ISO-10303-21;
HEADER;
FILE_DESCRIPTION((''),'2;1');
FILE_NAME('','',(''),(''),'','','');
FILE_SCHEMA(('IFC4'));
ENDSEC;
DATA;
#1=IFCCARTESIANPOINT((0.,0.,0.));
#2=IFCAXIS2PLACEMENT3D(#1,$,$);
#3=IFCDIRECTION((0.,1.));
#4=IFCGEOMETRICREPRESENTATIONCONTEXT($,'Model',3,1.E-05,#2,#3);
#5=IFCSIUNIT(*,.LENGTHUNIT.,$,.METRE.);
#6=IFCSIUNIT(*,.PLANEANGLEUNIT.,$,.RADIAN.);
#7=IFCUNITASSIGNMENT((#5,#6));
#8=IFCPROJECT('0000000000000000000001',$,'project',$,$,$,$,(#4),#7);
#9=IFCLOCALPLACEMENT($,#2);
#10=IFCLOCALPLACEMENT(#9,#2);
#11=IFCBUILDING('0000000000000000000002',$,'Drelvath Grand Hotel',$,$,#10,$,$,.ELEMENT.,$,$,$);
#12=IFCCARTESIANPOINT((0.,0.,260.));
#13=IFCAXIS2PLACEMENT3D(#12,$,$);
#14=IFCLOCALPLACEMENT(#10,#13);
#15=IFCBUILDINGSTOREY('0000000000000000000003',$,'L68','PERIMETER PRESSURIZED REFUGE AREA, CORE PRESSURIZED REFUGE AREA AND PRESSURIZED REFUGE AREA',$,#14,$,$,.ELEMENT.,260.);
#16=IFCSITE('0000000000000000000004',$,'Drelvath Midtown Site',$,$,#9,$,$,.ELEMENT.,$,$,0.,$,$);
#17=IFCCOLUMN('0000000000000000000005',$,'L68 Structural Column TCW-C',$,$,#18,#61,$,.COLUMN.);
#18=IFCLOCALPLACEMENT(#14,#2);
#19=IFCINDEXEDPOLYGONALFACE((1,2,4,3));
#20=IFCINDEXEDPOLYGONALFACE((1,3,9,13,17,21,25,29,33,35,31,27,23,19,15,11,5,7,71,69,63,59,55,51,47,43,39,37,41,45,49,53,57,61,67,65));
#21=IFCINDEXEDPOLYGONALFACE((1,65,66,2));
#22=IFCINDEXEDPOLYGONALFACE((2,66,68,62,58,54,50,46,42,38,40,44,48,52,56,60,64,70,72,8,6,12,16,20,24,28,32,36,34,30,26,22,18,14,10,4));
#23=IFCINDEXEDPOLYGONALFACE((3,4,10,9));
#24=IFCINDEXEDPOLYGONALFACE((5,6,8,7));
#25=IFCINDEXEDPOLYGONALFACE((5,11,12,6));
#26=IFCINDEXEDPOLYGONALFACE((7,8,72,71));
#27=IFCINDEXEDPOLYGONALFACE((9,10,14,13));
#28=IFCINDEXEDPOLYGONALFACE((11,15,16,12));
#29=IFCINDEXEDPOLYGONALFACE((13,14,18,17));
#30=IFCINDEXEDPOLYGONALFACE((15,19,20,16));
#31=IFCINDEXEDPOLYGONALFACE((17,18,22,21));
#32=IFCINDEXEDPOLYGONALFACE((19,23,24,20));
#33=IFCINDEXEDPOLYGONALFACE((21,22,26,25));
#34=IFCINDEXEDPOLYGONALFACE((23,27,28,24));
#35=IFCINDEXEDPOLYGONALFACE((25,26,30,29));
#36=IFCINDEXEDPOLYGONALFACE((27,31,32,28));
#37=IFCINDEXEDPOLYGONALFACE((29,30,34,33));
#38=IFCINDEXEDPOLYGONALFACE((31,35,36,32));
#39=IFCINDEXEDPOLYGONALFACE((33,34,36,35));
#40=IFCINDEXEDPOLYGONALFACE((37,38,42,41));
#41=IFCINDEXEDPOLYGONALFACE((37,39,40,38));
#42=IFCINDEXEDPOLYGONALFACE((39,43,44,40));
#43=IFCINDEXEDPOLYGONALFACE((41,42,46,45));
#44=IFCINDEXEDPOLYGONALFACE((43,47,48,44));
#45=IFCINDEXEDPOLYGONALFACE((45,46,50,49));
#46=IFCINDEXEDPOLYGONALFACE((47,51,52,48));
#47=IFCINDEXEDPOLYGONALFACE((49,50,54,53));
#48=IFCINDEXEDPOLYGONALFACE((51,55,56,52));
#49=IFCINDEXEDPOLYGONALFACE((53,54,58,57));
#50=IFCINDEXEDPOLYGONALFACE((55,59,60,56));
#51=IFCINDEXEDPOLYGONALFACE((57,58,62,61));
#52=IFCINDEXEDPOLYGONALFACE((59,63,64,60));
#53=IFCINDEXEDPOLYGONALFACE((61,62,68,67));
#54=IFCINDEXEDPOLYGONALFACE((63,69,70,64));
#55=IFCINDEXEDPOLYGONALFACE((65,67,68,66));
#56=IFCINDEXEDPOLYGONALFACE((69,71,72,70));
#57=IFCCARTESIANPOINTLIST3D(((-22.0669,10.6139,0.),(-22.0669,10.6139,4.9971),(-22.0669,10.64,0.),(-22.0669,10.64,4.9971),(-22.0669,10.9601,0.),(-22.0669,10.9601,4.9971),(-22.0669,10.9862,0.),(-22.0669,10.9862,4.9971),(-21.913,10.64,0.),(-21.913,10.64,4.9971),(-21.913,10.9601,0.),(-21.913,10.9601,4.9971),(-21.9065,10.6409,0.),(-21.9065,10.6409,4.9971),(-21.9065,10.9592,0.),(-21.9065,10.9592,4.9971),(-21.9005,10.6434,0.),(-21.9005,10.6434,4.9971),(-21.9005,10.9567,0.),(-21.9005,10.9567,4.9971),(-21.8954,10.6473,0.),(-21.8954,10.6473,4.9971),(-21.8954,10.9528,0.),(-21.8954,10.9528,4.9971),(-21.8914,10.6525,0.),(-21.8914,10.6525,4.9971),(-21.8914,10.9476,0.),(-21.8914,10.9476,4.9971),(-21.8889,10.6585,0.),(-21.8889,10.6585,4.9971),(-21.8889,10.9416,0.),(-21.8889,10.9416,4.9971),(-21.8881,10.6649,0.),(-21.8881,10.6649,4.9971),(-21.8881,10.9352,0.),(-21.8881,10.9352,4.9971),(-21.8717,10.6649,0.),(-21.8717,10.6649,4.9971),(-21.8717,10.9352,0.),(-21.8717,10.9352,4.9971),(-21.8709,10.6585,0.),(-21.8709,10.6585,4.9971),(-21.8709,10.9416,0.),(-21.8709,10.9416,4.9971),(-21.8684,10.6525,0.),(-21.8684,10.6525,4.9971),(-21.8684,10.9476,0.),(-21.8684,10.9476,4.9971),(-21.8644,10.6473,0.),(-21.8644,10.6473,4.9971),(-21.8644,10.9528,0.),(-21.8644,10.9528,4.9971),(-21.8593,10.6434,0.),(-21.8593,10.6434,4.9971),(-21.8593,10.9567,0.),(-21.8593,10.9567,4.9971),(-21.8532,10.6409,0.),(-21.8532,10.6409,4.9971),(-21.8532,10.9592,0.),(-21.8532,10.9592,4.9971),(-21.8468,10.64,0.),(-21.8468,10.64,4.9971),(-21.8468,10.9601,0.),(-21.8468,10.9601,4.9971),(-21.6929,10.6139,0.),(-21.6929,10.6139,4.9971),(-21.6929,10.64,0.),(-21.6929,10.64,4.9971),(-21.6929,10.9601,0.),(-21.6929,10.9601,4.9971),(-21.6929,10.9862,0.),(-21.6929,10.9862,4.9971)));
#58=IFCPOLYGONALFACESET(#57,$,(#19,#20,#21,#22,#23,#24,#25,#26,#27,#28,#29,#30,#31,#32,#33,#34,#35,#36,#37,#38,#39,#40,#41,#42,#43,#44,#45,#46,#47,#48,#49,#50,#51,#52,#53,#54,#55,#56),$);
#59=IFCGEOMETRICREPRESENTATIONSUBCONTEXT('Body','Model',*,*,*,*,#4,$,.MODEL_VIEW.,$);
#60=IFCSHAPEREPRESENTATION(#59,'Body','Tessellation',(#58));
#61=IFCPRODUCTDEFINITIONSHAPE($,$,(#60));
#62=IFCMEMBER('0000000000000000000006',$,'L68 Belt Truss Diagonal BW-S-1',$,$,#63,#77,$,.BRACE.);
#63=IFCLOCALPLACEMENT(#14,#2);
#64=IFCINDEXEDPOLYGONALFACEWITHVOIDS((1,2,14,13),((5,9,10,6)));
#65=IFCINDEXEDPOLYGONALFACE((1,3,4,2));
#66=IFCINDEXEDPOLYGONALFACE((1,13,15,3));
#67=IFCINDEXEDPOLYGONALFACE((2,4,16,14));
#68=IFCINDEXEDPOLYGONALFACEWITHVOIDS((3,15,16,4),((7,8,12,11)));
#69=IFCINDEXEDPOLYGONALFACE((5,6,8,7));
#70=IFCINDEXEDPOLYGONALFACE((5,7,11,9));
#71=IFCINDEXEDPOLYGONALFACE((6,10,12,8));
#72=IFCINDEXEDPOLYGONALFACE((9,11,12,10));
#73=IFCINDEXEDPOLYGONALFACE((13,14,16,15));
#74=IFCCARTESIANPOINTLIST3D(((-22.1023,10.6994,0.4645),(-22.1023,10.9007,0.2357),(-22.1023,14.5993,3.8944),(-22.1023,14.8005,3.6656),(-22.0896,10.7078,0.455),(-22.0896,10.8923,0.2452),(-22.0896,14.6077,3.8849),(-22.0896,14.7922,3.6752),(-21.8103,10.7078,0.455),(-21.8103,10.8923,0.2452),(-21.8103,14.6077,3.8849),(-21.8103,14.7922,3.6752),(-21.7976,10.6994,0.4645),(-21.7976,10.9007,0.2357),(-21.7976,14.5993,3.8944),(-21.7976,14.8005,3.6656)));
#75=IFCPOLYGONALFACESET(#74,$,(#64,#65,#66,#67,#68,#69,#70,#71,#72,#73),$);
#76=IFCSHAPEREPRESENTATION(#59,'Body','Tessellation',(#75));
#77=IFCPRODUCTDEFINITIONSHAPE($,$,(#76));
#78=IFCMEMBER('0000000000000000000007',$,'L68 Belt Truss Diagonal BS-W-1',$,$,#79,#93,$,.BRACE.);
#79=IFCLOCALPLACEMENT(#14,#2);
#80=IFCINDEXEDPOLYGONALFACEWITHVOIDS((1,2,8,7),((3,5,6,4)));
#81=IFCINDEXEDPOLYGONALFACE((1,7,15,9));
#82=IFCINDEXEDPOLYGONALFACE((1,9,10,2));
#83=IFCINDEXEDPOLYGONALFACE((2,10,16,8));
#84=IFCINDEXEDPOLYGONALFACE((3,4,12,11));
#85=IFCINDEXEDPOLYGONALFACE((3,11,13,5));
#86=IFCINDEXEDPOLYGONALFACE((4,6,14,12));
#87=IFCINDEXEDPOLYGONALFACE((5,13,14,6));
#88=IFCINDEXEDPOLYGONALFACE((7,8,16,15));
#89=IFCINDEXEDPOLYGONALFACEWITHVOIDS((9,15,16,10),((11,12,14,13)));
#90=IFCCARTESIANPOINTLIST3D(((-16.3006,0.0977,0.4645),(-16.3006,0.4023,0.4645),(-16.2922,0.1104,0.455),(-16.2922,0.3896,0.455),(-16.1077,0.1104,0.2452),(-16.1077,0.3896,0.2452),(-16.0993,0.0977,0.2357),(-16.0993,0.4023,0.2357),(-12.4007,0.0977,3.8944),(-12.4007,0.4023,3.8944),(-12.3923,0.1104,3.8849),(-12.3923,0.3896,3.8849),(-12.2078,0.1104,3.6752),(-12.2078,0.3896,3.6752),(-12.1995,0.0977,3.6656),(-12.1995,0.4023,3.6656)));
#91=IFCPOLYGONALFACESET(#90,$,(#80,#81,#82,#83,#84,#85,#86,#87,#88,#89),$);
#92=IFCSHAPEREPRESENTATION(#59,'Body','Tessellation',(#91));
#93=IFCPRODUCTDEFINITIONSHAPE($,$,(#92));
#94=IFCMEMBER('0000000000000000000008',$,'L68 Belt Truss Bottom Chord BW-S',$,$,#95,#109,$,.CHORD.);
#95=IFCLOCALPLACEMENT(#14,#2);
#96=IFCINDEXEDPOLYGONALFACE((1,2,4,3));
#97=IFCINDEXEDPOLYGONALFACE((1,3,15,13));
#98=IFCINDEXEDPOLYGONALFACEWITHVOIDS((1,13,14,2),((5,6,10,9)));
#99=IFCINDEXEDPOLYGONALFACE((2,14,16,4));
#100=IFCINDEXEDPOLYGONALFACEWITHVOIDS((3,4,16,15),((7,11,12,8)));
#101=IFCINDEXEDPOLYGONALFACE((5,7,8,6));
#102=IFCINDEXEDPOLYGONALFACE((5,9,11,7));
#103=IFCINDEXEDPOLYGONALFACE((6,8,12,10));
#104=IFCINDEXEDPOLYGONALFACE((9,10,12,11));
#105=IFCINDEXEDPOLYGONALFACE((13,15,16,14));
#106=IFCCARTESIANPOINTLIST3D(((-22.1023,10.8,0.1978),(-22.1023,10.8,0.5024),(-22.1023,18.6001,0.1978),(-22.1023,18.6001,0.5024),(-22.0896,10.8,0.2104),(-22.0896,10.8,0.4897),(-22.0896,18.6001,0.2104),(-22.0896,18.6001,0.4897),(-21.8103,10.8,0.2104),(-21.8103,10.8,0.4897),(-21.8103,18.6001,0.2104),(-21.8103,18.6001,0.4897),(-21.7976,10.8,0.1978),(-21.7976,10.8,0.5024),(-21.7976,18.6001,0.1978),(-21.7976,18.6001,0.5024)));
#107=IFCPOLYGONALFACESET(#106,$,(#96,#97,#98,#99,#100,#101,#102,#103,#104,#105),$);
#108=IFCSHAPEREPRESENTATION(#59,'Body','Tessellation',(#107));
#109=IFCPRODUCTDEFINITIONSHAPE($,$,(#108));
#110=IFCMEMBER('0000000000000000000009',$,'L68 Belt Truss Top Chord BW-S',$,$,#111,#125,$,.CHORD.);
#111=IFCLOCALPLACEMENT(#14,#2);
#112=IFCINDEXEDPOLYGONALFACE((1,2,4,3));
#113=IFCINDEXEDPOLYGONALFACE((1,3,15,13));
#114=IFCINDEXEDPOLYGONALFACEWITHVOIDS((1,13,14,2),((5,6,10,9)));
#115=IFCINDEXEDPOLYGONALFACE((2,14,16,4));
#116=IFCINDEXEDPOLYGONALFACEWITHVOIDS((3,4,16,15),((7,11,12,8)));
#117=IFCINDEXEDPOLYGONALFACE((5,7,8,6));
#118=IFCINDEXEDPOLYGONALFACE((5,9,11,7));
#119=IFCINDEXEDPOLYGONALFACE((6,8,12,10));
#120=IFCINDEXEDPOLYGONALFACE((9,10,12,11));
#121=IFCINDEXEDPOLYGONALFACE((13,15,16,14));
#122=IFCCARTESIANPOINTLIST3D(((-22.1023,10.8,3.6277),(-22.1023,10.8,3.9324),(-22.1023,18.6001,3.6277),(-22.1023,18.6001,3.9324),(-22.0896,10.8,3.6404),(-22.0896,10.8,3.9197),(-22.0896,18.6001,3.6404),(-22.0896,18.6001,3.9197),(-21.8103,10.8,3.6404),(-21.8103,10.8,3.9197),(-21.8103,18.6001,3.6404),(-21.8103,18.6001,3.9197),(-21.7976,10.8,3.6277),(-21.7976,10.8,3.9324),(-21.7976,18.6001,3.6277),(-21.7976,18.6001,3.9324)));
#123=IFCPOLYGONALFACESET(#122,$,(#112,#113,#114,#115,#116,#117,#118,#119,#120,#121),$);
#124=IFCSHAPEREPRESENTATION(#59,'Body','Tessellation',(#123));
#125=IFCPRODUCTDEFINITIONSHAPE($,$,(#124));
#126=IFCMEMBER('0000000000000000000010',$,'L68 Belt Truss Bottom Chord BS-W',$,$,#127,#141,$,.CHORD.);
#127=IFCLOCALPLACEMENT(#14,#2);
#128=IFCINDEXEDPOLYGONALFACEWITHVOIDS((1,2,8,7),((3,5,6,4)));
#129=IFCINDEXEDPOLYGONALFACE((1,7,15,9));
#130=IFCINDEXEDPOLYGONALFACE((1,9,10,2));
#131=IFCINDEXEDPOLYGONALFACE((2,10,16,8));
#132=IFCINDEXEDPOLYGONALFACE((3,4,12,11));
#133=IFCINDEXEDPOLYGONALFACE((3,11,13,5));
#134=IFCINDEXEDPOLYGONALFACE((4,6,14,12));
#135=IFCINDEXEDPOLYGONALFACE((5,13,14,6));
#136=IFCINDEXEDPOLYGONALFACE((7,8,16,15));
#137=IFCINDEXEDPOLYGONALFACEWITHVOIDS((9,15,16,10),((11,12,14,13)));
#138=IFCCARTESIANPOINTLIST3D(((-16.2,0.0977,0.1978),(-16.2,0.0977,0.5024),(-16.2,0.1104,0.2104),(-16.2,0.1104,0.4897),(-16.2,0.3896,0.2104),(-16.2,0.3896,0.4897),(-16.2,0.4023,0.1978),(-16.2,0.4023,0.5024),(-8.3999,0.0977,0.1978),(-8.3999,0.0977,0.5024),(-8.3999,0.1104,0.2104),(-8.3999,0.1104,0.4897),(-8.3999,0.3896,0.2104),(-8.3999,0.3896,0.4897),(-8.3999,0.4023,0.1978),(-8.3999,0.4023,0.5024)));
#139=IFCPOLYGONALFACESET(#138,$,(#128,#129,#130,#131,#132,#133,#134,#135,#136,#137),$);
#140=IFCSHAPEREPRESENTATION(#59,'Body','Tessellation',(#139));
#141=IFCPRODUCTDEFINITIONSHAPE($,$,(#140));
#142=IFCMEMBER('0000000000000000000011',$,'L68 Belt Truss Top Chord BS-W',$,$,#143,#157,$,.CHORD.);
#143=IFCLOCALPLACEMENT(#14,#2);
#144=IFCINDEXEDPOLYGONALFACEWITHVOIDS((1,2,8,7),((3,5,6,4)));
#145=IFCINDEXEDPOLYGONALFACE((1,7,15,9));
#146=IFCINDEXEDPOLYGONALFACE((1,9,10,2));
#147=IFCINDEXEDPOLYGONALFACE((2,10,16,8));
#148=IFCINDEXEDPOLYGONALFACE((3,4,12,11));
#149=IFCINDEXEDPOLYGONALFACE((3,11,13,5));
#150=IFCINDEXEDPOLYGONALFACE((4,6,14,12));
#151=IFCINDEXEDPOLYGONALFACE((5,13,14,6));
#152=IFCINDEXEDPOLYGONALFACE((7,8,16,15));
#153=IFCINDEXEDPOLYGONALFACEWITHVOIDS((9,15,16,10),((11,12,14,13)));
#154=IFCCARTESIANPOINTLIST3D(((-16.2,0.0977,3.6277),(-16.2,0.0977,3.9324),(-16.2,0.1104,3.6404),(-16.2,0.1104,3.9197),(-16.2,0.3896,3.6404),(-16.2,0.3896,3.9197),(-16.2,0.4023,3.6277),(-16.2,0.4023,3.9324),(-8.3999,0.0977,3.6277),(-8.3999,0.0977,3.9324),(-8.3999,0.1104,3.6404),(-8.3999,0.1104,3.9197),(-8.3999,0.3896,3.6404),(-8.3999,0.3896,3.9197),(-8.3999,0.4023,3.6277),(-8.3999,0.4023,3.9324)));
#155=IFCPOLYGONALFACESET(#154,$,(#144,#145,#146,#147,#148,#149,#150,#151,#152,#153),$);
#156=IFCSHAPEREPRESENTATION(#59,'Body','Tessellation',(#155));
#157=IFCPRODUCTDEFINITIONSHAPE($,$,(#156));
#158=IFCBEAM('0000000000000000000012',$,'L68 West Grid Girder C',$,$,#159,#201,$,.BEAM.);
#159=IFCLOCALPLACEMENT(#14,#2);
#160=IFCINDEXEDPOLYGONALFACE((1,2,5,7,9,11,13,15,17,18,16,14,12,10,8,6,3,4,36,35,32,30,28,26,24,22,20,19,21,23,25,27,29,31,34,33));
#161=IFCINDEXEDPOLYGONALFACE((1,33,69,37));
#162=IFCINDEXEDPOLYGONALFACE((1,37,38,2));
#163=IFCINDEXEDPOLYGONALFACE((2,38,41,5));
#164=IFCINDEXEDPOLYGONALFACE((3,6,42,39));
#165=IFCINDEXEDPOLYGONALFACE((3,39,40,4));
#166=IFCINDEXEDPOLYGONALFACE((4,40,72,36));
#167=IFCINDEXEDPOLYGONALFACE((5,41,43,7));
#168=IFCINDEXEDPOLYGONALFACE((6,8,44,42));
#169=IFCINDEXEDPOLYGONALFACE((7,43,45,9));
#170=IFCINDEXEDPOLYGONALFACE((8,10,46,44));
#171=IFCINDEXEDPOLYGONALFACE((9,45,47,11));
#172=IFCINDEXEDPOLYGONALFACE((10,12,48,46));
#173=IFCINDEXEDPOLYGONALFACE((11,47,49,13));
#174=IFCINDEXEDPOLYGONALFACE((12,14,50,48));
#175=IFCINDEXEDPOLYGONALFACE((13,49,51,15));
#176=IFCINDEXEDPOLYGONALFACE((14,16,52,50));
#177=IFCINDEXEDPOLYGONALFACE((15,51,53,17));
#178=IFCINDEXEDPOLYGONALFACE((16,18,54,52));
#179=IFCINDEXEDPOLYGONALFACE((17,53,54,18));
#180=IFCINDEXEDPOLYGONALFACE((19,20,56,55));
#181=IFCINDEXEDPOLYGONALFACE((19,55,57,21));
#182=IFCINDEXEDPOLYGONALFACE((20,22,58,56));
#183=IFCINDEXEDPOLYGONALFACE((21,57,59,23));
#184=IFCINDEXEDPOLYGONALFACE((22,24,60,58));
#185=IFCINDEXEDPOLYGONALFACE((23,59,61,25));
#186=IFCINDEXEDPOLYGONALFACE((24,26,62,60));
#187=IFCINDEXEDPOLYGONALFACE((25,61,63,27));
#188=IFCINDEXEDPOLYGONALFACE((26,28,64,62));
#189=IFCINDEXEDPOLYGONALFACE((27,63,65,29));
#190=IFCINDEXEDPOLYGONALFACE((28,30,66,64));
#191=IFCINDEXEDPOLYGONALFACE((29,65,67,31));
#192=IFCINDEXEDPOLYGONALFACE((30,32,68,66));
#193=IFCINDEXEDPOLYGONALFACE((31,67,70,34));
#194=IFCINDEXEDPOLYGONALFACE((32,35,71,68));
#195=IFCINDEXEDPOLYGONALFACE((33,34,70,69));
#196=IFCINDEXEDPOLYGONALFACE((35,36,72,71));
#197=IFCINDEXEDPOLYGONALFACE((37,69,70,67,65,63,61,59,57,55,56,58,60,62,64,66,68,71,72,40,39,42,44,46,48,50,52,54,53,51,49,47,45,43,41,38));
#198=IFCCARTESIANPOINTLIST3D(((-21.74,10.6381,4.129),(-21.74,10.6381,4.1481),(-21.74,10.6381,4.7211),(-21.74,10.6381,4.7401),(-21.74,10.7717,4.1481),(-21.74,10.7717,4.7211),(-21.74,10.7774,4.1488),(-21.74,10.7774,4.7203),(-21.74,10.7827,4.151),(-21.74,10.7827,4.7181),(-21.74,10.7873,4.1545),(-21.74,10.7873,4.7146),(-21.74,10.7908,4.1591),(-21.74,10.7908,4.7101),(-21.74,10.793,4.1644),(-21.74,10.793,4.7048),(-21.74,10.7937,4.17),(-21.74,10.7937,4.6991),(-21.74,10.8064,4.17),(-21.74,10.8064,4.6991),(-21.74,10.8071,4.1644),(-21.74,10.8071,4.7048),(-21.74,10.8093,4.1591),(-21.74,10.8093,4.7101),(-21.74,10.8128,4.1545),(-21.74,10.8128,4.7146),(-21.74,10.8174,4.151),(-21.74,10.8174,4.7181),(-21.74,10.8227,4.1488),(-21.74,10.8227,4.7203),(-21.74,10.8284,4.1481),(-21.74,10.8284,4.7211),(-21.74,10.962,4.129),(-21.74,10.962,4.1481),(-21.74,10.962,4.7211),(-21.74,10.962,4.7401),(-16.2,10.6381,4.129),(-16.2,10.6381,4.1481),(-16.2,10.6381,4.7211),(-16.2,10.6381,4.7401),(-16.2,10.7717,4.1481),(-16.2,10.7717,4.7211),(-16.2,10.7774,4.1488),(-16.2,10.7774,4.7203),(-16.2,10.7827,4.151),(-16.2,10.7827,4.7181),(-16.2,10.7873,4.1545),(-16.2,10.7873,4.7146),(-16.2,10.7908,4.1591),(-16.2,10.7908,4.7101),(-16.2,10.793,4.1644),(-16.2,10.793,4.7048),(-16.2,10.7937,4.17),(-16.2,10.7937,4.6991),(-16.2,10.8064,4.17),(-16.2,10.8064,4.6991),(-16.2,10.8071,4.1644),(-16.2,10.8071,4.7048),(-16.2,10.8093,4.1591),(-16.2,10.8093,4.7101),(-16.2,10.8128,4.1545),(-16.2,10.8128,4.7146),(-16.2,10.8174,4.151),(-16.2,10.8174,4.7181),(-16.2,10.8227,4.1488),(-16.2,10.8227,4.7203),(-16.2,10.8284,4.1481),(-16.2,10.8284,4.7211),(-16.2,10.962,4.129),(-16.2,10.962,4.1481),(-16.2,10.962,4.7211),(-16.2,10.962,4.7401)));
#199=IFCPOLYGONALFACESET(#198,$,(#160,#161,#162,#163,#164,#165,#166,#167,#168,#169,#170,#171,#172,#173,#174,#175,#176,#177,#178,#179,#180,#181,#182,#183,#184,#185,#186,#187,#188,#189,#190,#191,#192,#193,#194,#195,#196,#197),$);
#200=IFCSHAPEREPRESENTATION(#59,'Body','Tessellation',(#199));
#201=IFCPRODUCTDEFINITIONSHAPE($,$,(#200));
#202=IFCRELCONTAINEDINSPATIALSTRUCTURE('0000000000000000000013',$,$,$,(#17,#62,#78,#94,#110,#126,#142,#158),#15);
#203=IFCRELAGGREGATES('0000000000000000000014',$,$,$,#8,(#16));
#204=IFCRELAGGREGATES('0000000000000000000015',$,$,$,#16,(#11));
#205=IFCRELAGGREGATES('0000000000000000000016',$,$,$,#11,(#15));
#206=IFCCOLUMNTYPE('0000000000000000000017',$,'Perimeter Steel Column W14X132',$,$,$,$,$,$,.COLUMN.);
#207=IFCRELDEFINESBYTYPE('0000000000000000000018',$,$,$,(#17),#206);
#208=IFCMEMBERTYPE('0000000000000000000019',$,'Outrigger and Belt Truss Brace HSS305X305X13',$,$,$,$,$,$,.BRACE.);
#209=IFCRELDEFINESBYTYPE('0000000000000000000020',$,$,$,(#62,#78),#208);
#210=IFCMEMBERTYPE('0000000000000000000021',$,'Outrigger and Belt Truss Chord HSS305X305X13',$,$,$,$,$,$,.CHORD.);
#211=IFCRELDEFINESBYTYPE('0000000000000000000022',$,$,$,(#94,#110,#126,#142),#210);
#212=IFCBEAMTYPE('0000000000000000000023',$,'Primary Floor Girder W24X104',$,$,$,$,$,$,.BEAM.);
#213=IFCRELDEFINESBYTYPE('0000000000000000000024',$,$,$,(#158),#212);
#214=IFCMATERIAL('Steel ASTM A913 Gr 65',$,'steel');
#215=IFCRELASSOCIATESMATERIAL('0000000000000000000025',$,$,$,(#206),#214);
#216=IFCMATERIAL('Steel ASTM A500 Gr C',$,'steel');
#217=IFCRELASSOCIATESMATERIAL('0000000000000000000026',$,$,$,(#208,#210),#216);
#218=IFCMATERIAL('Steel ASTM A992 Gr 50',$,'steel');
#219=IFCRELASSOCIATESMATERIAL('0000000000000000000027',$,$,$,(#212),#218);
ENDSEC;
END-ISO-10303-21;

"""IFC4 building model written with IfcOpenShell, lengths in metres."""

from ifc_helpers import new_model, si_unit, direction, frame, origin, origin_2d, place, context, subcontext, project, spatial, hollow_rectangle, i_section, extrude, material, material_profile, profile_set, type_object, element, save


model = new_model("IFC4")

# Units and contexts
model_context = context("Model", 3, precision=1e-05, world=origin(), true_north=direction((0.0, 1.0)))
body_context = subcontext(model_context, "Body", "Model", "MODEL_VIEW")
ifc_project = project(units=[si_unit("LENGTHUNIT", "METRE"), si_unit("PLANEANGLEUNIT", "RADIAN")], contexts=[model_context])

# Site, building, storey
site_placement = place(None, origin())
site = spatial("IfcSite", under=ifc_project, at=site_placement, Name="Drelvath Midtown Site", CompositionType="ELEMENT", RefElevation=0.0)
building_placement = place(site_placement, origin())
building = spatial("IfcBuilding", under=site, at=building_placement, Name="Drelvath Grand Hotel", CompositionType="ELEMENT")
storey_placement = place(building_placement, frame((0.0, 0.0, 260.0)))
storey = spatial("IfcBuildingStorey", under=building, at=storey_placement, Name="L68", Description="PERIMETER PRESSURIZED REFUGE AREA, CORE PRESSURIZED REFUGE AREA AND PRESSURIZED REFUGE AREA", CompositionType="ELEMENT", Elevation=260.0)

# Column
ifc_material_1 = material(Name="Steel ASTM A913 Gr 65", Category="steel")
ifc_material_profile_1 = material_profile(ifc_material_1, i_section(OverallWidth=0.374, OverallDepth=0.3723, WebThickness=0.0164, FlangeThickness=0.0261, FilletRadius=0.0249, at=origin_2d()), Name="W14X132")
ifc_profile_set_1 = profile_set([ifc_material_profile_1], Name="Steel ASTM A913 Gr 65")
column_type = type_object("IfcColumnType", Name="Perimeter Steel Column W14X132", PredefinedType="COLUMN", material=ifc_profile_set_1)
column_placement = place(storey_placement, frame((-21.8799, 10.8, 0.0), z_axis=(0.0, 0.0, 1.0), x_axis=(1.0, 0.0, 0.0)))
element("IfcColumn", 1, at=column_placement, inside=storey, type_object=column_type, Name="L68 Structural Column TCW-C", PredefinedType="COLUMN", context=body_context, shape_type="SweptSolid", body=[
    extrude(i_section(OverallWidth=0.374, OverallDepth=0.3723, WebThickness=0.0164, FlangeThickness=0.0261, FilletRadius=0.0249, at=origin_2d()), origin(), (0.0, 0.0, 1.0), 4.9971),
])

# Members
ifc_material_2 = material(Name="Steel ASTM A500 Gr C", Category="steel")
ifc_material_profile_2 = material_profile(ifc_material_2, hollow_rectangle(XDim=0.3047, YDim=0.3047, WallThickness=0.0127, at=origin_2d()), Name="HSS305X305X13")
ifc_profile_set_2 = profile_set([ifc_material_profile_2], Name="Steel ASTM A500 Gr C")
member_type_1 = type_object("IfcMemberType", Name="Outrigger and Belt Truss Brace HSS305X305X13", PredefinedType="BRACE", material=ifc_profile_set_2)
for number, where, z_axis, x_axis, name in (
    (2, (-21.95, 10.8, 0.3501), (0.0, 0.750903, 0.660413), (-1.0, 0.0, 0.0), "L68 Belt Truss Diagonal BW-S-1"),
    (3, (-16.2, 0.25, 0.3501), (0.750903, 0.0, 0.660413), (0.0, 1.0, 0.0), "L68 Belt Truss Diagonal BS-W-1"),
):
    element("IfcMember", number, at=place(storey_placement, frame(where, z_axis=z_axis, x_axis=x_axis)), inside=storey, type_object=member_type_1, Name=name, PredefinedType="BRACE", context=body_context, shape_type="SweptSolid", body=[
        extrude(hollow_rectangle(XDim=0.3047, YDim=0.3047, WallThickness=0.0127, at=origin_2d()), origin(), (0.0, 0.0, 1.0), 5.1936),
    ])
ifc_material_profile_3 = material_profile(ifc_material_2, hollow_rectangle(XDim=0.3047, YDim=0.3047, WallThickness=0.0127, at=origin_2d()), Name="HSS305X305X13")
ifc_profile_set_3 = profile_set([ifc_material_profile_3], Name="Steel ASTM A500 Gr C")
member_type_2 = type_object("IfcMemberType", Name="Outrigger and Belt Truss Chord HSS305X305X13", PredefinedType="CHORD", material=ifc_profile_set_3)
for number, where, z_axis, x_axis, name in (
    (4, (-21.95, 10.8, 0.3501), (0.0, 1.0, 0.0), (-1.0, 0.0, 0.0), "L68 Belt Truss Bottom Chord BW-S"),
    (5, (-21.95, 10.8, 3.78), (0.0, 1.0, 0.0), (-1.0, 0.0, 0.0), "L68 Belt Truss Top Chord BW-S"),
    (6, (-16.2, 0.25, 0.3501), (1.0, 0.0, 0.0), (0.0, 1.0, 0.0), "L68 Belt Truss Bottom Chord BS-W"),
    (7, (-16.2, 0.25, 3.78), (1.0, 0.0, 0.0), (0.0, 1.0, 0.0), "L68 Belt Truss Top Chord BS-W"),
):
    element("IfcMember", number, at=place(storey_placement, frame(where, z_axis=z_axis, x_axis=x_axis)), inside=storey, type_object=member_type_2, Name=name, PredefinedType="CHORD", context=body_context, shape_type="SweptSolid", body=[
        extrude(hollow_rectangle(XDim=0.3047, YDim=0.3047, WallThickness=0.0127, at=origin_2d()), origin(), (0.0, 0.0, 1.0), 7.8),
    ])

# Beam
ifc_material_3 = material(Name="Steel ASTM A992 Gr 50", Category="steel")
ifc_material_profile_4 = material_profile(ifc_material_3, i_section(OverallWidth=0.324, OverallDepth=0.6111, WebThickness=0.0127, FlangeThickness=0.019, FilletRadius=0.022, at=origin_2d()), Name="W24X104")
ifc_profile_set_4 = profile_set([ifc_material_profile_4], Name="Steel ASTM A992 Gr 50")
beam_type = type_object("IfcBeamType", Name="Primary Floor Girder W24X104", PredefinedType="BEAM", material=ifc_profile_set_4)
beam_placement = place(storey_placement, frame((-21.74, 10.8, 4.4346), z_axis=(1.0, 0.0, 0.0), x_axis=(0.0, 1.0, 0.0)))
element("IfcBeam", 8, at=beam_placement, inside=storey, type_object=beam_type, Name="L68 West Grid Girder C", PredefinedType="BEAM", context=body_context, shape_type="SweptSolid", body=[
    extrude(i_section(OverallWidth=0.324, OverallDepth=0.6111, WebThickness=0.0127, FlangeThickness=0.019, FilletRadius=0.022, at=origin_2d()), origin(), (0.0, 0.0, 1.0), 5.54),
])

save(model, "model.ifc")
